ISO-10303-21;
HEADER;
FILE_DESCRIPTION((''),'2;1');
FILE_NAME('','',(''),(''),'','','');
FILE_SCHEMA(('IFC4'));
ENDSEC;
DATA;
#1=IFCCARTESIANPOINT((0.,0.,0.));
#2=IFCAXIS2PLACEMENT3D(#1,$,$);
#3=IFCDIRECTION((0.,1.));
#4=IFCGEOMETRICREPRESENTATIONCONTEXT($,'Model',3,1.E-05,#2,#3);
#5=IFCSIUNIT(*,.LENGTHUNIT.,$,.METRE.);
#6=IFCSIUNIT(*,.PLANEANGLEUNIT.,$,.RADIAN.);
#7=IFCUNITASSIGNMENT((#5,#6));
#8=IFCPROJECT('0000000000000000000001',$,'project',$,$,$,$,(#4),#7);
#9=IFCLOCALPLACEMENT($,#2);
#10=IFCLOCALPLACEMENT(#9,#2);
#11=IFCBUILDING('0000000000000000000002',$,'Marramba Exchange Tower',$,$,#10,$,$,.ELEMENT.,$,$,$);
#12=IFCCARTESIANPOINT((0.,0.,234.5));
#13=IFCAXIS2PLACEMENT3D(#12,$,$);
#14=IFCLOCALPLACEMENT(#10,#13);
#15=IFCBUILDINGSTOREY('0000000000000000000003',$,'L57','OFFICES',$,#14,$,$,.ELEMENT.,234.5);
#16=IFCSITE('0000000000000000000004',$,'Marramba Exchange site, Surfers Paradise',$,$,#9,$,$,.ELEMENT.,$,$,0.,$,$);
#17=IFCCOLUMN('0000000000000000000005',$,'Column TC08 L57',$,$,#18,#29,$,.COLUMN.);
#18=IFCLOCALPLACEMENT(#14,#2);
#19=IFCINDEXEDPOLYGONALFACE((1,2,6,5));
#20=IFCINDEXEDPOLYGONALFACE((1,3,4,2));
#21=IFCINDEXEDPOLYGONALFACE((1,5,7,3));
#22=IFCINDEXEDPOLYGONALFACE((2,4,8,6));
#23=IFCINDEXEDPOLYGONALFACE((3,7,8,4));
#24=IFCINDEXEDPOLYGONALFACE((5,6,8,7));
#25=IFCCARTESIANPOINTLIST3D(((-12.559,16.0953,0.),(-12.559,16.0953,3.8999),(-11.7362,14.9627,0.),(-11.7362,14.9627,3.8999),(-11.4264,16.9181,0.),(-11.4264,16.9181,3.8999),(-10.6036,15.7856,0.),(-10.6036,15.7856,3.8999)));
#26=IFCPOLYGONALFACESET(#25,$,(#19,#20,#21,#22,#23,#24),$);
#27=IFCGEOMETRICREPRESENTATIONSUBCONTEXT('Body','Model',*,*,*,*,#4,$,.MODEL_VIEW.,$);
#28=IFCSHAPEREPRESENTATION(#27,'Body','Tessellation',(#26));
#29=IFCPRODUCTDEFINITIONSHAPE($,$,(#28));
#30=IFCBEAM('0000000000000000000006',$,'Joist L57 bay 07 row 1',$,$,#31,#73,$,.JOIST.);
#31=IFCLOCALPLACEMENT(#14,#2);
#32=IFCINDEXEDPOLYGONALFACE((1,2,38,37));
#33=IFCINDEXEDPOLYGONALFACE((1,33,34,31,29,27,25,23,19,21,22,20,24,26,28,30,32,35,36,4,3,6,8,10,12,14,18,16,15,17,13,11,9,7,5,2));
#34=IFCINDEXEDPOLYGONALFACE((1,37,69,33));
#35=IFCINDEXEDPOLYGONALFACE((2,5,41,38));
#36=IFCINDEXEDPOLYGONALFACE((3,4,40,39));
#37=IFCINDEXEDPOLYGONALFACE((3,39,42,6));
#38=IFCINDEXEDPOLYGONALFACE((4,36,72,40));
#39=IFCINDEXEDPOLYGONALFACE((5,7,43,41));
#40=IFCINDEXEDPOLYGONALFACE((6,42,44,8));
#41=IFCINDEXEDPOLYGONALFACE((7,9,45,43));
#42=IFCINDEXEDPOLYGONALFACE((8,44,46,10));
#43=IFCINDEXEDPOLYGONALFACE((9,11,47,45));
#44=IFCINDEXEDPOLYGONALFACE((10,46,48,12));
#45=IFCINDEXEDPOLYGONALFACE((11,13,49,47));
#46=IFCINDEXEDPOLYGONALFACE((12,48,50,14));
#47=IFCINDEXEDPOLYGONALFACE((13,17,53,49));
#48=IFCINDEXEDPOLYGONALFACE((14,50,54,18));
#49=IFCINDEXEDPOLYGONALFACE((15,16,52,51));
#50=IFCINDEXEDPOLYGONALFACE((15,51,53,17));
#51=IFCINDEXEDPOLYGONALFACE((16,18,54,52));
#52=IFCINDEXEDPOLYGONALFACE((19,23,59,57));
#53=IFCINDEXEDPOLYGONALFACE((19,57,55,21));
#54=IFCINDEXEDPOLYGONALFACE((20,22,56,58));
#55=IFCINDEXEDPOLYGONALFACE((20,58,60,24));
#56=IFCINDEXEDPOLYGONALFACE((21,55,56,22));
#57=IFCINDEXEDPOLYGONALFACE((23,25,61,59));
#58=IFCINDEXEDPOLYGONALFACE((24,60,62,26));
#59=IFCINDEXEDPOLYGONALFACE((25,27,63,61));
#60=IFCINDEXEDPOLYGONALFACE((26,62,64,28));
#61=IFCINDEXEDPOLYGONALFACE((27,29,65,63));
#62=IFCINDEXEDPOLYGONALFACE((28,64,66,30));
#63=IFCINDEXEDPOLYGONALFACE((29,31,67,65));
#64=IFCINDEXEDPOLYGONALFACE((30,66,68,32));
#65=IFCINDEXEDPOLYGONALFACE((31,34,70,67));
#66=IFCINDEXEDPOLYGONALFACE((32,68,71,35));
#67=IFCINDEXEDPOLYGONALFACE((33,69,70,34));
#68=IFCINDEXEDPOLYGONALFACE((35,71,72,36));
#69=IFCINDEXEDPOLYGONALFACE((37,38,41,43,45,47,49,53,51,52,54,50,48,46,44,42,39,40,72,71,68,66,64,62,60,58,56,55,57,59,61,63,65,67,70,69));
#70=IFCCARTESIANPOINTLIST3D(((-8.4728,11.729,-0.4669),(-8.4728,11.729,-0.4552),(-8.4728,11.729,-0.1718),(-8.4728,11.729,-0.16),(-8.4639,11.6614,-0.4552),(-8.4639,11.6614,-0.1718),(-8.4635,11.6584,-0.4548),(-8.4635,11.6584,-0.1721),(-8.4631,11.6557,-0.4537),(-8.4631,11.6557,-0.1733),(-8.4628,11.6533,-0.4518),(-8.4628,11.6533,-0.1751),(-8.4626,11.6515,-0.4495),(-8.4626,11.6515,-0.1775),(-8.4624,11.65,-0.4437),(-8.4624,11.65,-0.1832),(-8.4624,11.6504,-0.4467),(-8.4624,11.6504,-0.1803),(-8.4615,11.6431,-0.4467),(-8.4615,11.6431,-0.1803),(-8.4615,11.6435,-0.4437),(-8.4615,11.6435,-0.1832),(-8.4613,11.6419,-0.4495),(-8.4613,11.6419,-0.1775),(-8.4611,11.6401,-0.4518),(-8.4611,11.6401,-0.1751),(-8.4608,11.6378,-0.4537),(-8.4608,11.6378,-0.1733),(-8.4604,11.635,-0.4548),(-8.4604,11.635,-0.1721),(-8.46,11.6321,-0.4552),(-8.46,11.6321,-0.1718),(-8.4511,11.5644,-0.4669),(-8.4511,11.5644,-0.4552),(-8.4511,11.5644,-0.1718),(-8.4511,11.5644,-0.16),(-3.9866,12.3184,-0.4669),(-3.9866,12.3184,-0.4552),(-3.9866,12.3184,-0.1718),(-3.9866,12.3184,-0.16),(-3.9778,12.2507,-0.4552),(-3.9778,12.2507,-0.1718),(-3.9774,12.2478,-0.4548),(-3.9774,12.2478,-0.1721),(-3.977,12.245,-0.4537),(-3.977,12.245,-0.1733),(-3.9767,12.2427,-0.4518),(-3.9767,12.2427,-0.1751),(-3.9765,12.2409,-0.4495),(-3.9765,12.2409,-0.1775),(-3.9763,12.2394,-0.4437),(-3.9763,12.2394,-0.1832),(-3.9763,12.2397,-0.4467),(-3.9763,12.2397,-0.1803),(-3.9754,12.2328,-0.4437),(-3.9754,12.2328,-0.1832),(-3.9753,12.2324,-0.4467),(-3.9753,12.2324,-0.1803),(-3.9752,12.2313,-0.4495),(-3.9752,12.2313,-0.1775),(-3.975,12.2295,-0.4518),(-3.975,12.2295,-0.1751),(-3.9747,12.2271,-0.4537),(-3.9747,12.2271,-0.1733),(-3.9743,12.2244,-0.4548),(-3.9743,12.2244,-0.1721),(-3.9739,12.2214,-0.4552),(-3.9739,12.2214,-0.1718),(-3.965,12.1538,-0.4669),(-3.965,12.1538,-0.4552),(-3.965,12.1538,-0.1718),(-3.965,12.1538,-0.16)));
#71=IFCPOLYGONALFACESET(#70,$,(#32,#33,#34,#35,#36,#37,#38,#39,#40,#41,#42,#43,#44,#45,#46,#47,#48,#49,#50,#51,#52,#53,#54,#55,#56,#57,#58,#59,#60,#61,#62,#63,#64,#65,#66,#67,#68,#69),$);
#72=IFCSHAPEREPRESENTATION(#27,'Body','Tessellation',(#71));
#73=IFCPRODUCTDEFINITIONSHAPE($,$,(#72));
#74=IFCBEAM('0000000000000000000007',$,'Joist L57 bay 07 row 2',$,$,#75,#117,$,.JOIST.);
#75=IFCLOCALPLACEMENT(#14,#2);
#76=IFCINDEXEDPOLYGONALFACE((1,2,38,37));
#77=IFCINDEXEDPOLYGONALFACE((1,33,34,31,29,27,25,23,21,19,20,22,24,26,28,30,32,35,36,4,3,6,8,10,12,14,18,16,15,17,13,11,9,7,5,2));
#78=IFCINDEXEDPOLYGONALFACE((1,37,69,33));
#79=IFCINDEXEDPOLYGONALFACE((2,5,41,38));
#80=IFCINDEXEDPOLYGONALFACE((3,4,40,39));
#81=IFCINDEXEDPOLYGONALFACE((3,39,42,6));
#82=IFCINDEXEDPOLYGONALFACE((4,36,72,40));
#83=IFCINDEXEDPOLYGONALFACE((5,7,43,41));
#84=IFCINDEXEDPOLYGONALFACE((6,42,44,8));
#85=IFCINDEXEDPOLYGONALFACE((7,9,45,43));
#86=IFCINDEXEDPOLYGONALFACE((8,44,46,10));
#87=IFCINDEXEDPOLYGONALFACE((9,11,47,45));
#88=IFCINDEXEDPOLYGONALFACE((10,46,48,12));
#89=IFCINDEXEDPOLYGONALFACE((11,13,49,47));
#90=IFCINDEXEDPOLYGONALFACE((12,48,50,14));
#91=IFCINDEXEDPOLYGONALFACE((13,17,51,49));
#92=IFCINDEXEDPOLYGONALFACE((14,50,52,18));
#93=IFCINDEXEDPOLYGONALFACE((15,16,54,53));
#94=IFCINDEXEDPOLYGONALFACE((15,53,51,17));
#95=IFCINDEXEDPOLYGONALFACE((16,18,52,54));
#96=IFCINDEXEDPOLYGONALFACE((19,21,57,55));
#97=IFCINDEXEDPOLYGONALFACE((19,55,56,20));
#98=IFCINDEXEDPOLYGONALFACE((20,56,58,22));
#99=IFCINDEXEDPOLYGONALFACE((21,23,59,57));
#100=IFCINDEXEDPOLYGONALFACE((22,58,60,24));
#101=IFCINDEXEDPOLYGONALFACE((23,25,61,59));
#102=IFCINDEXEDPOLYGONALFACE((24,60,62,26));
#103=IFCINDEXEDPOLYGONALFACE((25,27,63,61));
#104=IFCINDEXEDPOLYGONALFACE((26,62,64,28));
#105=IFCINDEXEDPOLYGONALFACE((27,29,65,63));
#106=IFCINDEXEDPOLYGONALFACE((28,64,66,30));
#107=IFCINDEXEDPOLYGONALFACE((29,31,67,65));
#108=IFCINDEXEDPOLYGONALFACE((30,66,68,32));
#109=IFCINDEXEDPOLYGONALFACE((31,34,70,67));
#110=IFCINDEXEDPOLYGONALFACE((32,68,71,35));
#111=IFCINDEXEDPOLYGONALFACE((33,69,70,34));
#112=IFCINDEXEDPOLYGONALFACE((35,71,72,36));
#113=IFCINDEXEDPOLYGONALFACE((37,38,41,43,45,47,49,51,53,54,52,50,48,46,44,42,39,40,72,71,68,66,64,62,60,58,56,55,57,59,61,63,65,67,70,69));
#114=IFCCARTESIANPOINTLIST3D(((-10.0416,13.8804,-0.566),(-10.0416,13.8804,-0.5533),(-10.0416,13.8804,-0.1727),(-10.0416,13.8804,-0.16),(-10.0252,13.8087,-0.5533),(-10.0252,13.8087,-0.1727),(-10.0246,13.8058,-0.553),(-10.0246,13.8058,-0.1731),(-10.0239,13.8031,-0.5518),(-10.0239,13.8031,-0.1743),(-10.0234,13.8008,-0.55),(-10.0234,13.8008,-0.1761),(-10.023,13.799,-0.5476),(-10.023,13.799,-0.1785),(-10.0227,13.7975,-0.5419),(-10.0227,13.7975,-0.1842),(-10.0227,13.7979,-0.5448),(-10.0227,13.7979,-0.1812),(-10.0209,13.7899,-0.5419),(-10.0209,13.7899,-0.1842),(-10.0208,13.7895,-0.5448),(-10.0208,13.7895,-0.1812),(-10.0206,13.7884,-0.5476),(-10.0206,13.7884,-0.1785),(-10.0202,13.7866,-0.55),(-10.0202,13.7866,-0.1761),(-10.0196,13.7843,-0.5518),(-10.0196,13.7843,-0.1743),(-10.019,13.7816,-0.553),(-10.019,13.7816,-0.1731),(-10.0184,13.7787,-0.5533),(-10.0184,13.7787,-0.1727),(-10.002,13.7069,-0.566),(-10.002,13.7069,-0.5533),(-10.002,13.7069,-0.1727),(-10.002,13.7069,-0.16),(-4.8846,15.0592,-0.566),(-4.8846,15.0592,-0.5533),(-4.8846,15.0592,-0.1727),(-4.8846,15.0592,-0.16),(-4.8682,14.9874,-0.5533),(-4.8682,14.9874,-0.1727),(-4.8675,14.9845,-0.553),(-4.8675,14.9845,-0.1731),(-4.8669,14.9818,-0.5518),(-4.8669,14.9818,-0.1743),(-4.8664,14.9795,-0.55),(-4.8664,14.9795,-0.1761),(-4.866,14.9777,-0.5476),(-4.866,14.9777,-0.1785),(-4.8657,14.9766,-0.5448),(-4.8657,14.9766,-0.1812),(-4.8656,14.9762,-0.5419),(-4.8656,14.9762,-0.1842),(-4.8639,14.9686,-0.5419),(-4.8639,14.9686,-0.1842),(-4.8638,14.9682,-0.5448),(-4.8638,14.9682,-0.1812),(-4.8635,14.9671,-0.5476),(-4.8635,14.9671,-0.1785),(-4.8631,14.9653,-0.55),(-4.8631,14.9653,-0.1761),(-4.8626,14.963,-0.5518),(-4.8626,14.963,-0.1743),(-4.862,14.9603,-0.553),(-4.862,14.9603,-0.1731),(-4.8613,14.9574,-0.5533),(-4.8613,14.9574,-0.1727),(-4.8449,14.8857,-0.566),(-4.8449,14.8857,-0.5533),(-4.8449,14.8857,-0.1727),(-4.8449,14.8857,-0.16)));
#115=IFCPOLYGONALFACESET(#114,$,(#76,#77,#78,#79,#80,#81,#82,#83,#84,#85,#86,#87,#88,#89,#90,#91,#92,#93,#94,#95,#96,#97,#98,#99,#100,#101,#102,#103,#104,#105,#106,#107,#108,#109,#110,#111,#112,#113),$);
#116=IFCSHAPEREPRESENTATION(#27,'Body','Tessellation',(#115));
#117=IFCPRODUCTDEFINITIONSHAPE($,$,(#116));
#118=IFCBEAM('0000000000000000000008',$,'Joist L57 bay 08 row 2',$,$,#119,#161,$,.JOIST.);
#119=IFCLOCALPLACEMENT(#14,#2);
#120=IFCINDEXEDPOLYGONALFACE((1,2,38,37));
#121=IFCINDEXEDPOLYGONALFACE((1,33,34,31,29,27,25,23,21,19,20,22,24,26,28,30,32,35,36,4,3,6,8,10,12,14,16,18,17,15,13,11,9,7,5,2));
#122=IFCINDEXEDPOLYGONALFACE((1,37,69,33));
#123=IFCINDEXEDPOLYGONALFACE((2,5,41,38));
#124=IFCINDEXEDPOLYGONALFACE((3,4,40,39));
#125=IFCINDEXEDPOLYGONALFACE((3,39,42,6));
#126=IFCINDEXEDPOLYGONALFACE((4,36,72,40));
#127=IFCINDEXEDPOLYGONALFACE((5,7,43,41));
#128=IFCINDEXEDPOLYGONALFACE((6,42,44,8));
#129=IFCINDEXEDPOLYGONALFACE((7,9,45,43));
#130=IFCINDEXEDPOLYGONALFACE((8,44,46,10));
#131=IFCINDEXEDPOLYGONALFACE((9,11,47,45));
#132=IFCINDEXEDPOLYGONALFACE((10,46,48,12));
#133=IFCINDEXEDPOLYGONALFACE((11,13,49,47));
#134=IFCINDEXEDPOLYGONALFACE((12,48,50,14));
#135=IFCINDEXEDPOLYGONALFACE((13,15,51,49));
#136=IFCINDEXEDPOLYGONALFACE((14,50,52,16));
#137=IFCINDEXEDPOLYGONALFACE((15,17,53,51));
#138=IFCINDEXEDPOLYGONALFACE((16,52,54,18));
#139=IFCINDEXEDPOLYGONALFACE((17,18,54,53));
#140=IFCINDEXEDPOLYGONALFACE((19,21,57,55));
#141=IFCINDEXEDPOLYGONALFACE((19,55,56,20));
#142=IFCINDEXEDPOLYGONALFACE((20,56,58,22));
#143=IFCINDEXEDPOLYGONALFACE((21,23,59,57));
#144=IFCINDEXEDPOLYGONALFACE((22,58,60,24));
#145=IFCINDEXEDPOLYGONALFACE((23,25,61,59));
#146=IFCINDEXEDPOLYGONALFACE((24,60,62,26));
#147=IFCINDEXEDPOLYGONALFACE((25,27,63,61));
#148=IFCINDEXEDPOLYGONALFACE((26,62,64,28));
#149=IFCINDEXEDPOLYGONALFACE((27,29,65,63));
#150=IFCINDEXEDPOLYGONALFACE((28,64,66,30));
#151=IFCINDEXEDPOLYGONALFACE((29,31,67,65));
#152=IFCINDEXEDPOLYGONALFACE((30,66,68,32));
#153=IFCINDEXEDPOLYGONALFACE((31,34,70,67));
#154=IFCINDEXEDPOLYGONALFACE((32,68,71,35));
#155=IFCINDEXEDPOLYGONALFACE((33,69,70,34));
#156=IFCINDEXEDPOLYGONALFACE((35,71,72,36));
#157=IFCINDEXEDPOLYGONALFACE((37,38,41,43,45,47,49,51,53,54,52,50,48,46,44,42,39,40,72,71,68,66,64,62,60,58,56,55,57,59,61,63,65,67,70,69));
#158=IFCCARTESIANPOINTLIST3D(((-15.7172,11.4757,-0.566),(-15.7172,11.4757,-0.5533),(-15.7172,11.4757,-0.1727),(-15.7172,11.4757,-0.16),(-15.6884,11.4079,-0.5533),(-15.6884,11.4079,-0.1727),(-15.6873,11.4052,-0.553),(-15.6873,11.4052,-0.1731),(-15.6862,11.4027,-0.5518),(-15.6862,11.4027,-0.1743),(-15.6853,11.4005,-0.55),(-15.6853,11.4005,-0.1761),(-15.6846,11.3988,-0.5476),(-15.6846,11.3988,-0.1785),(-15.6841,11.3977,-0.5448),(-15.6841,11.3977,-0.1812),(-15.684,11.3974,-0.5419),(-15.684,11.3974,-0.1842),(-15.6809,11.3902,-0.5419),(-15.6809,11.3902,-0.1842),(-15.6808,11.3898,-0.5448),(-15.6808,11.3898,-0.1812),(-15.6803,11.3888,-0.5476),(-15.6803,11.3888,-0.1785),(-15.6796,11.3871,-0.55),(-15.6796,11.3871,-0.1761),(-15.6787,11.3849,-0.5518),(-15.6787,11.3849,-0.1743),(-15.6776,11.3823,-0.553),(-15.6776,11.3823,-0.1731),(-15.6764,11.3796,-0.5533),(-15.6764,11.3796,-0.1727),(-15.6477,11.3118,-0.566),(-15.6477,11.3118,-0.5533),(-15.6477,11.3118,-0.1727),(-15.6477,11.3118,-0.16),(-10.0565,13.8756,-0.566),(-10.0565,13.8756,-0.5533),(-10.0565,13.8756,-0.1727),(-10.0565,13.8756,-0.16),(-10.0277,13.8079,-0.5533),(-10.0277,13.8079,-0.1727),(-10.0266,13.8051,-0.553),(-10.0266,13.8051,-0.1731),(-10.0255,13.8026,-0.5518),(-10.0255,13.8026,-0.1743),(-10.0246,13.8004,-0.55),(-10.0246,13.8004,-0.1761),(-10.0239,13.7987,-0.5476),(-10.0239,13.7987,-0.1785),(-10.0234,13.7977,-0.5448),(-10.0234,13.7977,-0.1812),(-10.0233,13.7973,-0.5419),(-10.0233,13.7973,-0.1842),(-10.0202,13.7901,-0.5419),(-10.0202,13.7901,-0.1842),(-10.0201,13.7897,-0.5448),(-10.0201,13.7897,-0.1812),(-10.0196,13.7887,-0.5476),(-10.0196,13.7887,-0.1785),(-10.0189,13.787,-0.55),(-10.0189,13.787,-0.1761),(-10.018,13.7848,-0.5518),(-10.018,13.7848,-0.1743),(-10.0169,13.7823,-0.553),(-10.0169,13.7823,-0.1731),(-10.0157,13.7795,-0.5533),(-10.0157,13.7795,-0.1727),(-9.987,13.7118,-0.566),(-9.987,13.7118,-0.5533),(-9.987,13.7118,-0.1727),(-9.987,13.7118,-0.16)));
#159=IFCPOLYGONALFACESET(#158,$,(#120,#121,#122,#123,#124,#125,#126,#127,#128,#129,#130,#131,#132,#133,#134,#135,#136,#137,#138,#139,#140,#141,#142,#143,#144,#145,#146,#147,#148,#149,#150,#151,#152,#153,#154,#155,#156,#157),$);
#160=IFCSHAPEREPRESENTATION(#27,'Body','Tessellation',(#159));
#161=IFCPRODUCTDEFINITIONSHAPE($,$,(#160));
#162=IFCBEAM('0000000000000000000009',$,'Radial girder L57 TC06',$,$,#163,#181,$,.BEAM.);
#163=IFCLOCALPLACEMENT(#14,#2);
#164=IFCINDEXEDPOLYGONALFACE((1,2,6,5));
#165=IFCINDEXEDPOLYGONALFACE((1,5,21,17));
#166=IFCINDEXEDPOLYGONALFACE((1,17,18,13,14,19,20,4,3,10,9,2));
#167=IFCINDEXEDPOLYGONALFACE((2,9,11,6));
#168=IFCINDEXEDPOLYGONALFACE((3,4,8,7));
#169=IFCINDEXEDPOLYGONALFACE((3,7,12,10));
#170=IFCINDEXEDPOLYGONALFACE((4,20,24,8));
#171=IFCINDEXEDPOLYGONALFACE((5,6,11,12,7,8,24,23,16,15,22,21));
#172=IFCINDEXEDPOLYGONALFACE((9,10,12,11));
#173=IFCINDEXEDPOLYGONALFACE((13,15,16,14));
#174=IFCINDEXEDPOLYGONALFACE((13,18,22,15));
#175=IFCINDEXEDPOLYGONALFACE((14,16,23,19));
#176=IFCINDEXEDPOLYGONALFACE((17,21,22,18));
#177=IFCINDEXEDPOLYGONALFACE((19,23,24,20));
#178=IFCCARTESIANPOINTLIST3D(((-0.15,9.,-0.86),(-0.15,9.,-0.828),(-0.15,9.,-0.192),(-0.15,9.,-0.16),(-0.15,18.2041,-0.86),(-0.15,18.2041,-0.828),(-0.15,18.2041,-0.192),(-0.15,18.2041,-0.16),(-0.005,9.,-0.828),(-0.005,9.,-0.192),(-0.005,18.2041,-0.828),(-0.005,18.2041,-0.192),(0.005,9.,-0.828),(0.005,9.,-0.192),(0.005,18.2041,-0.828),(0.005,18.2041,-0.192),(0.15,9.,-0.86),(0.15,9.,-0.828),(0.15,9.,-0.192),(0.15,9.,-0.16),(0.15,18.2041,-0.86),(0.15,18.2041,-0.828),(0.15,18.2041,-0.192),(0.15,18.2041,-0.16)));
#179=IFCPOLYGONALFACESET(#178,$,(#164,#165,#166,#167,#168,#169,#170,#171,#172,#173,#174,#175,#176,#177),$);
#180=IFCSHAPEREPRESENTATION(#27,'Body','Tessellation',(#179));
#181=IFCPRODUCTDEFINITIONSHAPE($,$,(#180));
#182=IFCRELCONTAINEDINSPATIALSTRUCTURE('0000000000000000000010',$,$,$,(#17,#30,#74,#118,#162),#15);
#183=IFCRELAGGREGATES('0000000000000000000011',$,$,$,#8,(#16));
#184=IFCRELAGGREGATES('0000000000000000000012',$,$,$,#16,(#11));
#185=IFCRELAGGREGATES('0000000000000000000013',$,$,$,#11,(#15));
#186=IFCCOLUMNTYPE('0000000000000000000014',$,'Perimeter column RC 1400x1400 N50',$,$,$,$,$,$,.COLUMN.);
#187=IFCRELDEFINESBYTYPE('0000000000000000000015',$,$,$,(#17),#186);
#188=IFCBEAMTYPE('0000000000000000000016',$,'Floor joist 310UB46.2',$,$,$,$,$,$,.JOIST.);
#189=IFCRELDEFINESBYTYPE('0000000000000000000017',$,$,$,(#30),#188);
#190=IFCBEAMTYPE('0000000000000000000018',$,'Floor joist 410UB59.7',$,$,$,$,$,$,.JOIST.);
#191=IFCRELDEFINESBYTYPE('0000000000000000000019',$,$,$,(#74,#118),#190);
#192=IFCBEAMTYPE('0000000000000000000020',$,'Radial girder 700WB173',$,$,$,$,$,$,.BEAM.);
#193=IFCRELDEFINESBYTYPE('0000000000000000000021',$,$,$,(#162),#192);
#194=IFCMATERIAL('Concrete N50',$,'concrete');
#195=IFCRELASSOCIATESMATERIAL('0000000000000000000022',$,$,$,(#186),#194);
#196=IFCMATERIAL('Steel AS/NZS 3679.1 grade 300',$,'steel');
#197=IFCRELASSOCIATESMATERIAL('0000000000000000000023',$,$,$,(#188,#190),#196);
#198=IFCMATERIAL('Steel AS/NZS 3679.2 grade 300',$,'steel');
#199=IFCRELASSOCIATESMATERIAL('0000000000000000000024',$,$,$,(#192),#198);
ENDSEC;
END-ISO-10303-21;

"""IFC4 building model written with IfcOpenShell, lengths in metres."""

from ifc_helpers import new_model, si_unit, direction, frame, origin, origin_2d, place, context, subcontext, project, spatial, rectangle, i_section, extrude, material, material_profile, profile_set, type_object, element, save


model = new_model("IFC4")

# Units and contexts
model_context = context("Model", 3, precision=1e-05, world=origin(), true_north=direction((0.0, 1.0)))
body_context = subcontext(model_context, "Body", "Model", "MODEL_VIEW")
ifc_project = project(units=[si_unit("LENGTHUNIT", "METRE"), si_unit("PLANEANGLEUNIT", "RADIAN")], contexts=[model_context])

# Site, building, storey
site_placement = place(None, origin())
site = spatial("IfcSite", under=ifc_project, at=site_placement, Name="Marramba Exchange site, Surfers Paradise", CompositionType="ELEMENT", RefElevation=0.0)
building_placement = place(site_placement, origin())
building = spatial("IfcBuilding", under=site, at=building_placement, Name="Marramba Exchange Tower", CompositionType="ELEMENT")
storey_placement = place(building_placement, frame((0.0, 0.0, 234.5)))
storey = spatial("IfcBuildingStorey", under=building, at=storey_placement, Name="L57", Description="OFFICES", CompositionType="ELEMENT", Elevation=234.5)

# Column
ifc_material_1 = material(Name="Concrete N50", Category="concrete")
ifc_material_profile_1 = material_profile(ifc_material_1, rectangle(XDim=1.3999, YDim=1.3999, at=origin_2d()), Name="RC 1400x1400")
ifc_profile_set_1 = profile_set([ifc_material_profile_1], Name="Concrete N50")
column_type = type_object("IfcColumnType", Name="Perimeter column RC 1400x1400 N50", PredefinedType="COLUMN", material=ifc_profile_set_1)
column_placement = place(storey_placement, frame((-11.5813, 15.9404, 0.0), z_axis=(0.0, 0.0, 1.0), x_axis=(-0.587785, 0.809017, 0.0)))
element("IfcColumn", 1, at=column_placement, inside=storey, type_object=column_type, Name="Column TC08 L57", PredefinedType="COLUMN", context=body_context, shape_type="SweptSolid", body=[
    extrude(rectangle(XDim=1.3999, YDim=1.3999, at=origin_2d()), origin(), (0.0, 0.0, 1.0), 3.8999),
])

# Beams
ifc_material_2 = material(Name="Steel AS/NZS 3679.1 grade 300", Category="steel")
ifc_material_profile_2 = material_profile(ifc_material_2, i_section(OverallWidth=0.166, OverallDepth=0.3069, WebThickness=0.0066, FlangeThickness=0.0117, FilletRadius=0.0115, at=origin_2d()), Name="310UB46.2")
ifc_profile_set_2 = profile_set([ifc_material_profile_2], Name="Steel AS/NZS 3679.1 grade 300")
beam_type_1 = type_object("IfcBeamType", Name="Floor joist 310UB46.2", PredefinedType="JOIST", material=ifc_profile_set_2)
beam_1_placement = place(storey_placement, frame((-3.9758, 12.2361, -0.3135), z_axis=(-0.991481, -0.130255, 0.0), x_axis=(0.130255, -0.991481, 0.0)))
element("IfcBeam", 2, at=beam_1_placement, inside=storey, type_object=beam_type_1, Name="Joist L57 bay 07 row 1", PredefinedType="JOIST", context=body_context, shape_type="SweptSolid", body=[
    extrude(i_section(OverallWidth=0.166, OverallDepth=0.3069, WebThickness=0.0066, FlangeThickness=0.0117, FilletRadius=0.0115, at=origin_2d()), origin(), (0.0, 0.0, 1.0), 4.5247),
])
ifc_material_profile_3 = material_profile(ifc_material_2, i_section(OverallWidth=0.178, OverallDepth=0.406, WebThickness=0.0078, FlangeThickness=0.0127, FilletRadius=0.0115, at=origin_2d()), Name="410UB59.7")
ifc_profile_set_3 = profile_set([ifc_material_profile_3], Name="Steel AS/NZS 3679.1 grade 300")
beam_type_2 = type_object("IfcBeamType", Name="Floor joist 410UB59.7", PredefinedType="JOIST", material=ifc_profile_set_3)
beam_2_placement = place(storey_placement, frame((-4.8647, 14.9724, -0.363), z_axis=(-0.97486, -0.22282, 0.0), x_axis=(0.22282, -0.97486, 0.0)))
element("IfcBeam", 3, at=beam_2_placement, inside=storey, type_object=beam_type_2, Name="Joist L57 bay 07 row 2", PredefinedType="JOIST", context=body_context, shape_type="SweptSolid", body=[
    extrude(i_section(OverallWidth=0.178, OverallDepth=0.406, WebThickness=0.0078, FlangeThickness=0.0127, FilletRadius=0.0115, at=origin_2d()), origin(), (0.0, 0.0, 1.0), 5.29),
])
beam_3_placement = place(storey_placement, frame((-10.0217, 13.7937, -0.363), z_axis=(-0.920674, -0.390332, 0.0), x_axis=(0.390332, -0.920674, 0.0)))
element("IfcBeam", 4, at=beam_3_placement, inside=storey, type_object=beam_type_2, Name="Joist L57 bay 08 row 2", PredefinedType="JOIST", context=body_context, shape_type="SweptSolid", body=[
    extrude(i_section(OverallWidth=0.178, OverallDepth=0.406, WebThickness=0.0078, FlangeThickness=0.0127, FilletRadius=0.0115, at=origin_2d()), origin(), (0.0, 0.0, 1.0), 6.1484),
])
ifc_material_3 = material(Name="Steel AS/NZS 3679.2 grade 300", Category="steel")
ifc_material_profile_4 = material_profile(ifc_material_3, i_section(OverallWidth=0.3, OverallDepth=0.7, WebThickness=0.01, FlangeThickness=0.032, at=origin_2d()), Name="700WB173")
ifc_profile_set_4 = profile_set([ifc_material_profile_4], Name="Steel AS/NZS 3679.2 grade 300")
beam_type_3 = type_object("IfcBeamType", Name="Radial girder 700WB173", PredefinedType="BEAM", material=ifc_profile_set_4)
beam_4_placement = place(storey_placement, frame((0.0, 9.0, -0.51), z_axis=(0.0, 1.0, 0.0), x_axis=(-1.0, 0.0, 0.0)))
element("IfcBeam", 5, at=beam_4_placement, inside=storey, type_object=beam_type_3, Name="Radial girder L57 TC06", PredefinedType="BEAM", context=body_context, shape_type="SweptSolid", body=[
    extrude(i_section(OverallWidth=0.3, OverallDepth=0.7, WebThickness=0.01, FlangeThickness=0.032, at=origin_2d()), origin(), (0.0, 0.0, 1.0), 9.2041),
])

save(model, "model.ifc")
